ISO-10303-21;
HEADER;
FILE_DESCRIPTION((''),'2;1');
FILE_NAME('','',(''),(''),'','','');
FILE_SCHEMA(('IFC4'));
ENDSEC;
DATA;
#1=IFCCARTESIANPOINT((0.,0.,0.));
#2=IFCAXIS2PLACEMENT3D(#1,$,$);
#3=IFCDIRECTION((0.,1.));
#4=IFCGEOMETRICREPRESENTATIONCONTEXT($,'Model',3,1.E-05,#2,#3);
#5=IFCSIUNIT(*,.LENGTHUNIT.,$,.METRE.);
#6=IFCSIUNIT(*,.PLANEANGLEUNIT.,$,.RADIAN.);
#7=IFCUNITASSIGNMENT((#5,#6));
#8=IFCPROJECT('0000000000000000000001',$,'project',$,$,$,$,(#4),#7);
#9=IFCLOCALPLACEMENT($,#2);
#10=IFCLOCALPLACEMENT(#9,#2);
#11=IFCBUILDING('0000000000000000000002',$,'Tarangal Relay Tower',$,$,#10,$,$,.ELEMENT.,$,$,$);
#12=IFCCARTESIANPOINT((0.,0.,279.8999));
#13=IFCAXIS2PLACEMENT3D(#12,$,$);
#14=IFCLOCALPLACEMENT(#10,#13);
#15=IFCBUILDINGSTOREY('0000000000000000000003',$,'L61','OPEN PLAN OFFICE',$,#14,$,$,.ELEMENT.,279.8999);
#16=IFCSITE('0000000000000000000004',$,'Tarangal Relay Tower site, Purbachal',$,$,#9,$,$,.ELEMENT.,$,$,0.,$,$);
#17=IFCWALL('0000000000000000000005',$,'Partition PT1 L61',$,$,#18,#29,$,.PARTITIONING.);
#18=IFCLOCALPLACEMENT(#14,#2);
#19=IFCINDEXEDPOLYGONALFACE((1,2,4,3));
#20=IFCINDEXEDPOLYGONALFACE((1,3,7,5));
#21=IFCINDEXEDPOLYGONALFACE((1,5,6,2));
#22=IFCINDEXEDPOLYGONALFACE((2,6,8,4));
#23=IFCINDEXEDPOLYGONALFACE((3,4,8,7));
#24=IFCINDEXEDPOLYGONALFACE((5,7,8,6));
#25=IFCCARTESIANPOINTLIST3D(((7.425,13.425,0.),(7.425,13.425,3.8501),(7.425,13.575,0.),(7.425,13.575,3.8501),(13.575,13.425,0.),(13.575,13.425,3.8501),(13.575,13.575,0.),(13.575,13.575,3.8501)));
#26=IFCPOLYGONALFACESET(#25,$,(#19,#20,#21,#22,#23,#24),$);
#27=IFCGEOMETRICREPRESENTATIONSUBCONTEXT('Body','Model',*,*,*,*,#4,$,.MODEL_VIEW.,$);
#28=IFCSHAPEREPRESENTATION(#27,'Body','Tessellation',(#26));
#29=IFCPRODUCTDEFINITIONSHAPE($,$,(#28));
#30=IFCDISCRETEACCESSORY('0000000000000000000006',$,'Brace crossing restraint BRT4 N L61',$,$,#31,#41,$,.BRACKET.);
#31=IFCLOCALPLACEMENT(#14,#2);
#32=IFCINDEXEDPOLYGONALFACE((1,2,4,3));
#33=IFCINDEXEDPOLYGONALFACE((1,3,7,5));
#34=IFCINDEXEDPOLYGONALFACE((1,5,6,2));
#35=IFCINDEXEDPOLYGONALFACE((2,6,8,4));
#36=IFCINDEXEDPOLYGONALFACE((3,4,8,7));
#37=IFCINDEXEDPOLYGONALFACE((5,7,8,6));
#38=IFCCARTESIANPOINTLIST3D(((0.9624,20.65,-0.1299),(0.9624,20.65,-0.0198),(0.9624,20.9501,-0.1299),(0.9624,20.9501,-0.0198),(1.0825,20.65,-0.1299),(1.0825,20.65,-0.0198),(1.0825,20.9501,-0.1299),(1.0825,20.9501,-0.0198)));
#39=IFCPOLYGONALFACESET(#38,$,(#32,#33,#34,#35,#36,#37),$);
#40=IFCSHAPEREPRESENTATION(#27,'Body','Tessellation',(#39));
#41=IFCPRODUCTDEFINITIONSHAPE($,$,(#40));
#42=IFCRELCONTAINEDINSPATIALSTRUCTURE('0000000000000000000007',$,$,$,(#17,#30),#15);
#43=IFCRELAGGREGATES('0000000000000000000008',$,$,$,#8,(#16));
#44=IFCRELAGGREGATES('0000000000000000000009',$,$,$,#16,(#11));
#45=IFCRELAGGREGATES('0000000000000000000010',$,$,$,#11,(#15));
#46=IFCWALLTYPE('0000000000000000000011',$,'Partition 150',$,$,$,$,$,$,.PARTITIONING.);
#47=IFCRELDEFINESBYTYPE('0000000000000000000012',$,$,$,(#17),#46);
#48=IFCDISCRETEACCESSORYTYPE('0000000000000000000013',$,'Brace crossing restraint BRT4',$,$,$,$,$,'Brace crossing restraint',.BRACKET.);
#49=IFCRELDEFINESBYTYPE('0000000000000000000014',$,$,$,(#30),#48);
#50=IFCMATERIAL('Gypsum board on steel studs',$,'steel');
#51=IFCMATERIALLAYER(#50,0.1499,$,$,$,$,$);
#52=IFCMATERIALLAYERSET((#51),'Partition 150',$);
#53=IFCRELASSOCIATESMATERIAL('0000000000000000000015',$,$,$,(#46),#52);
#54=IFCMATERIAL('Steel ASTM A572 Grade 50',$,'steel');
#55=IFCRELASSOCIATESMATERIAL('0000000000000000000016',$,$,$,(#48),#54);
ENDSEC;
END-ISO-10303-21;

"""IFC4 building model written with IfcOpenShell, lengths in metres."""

from ifc_helpers import new_model, si_unit, direction, frame, frame_2d, origin, origin_2d, place, context, subcontext, project, spatial, rectangle, extrude, material, layer, layer_set, type_object, element, save


model = new_model("IFC4")

# Units and contexts
model_context = context("Model", 3, precision=1e-05, world=origin(), true_north=direction((0.0, 1.0)))
body_context = subcontext(model_context, "Body", "Model", "MODEL_VIEW")
ifc_project = project(units=[si_unit("LENGTHUNIT", "METRE"), si_unit("PLANEANGLEUNIT", "RADIAN")], contexts=[model_context])

# Site, building, storey
site_placement = place(None, origin())
site = spatial("IfcSite", under=ifc_project, at=site_placement, Name="Tarangal Relay Tower site, Purbachal", CompositionType="ELEMENT", RefElevation=0.0)
building_placement = place(site_placement, origin())
building = spatial("IfcBuilding", under=site, at=building_placement, Name="Tarangal Relay Tower", CompositionType="ELEMENT")
storey_placement = place(building_placement, frame((0.0, 0.0, 279.8999)))
storey = spatial("IfcBuildingStorey", under=building, at=storey_placement, Name="L61", Description="OPEN PLAN OFFICE", CompositionType="ELEMENT", Elevation=279.8999)

# Shared definitions
ifc_material_1 = material(Name="Steel ASTM A572 Grade 50", Category="steel")

# Wall
ifc_material_2 = material(Name="Gypsum board on steel studs", Category="steel")
ifc_layer_1 = layer(ifc_material_2, 0.1499)
ifc_layer_set_1 = layer_set([ifc_layer_1], Name="Partition 150")
wall_type_1 = type_object("IfcWallType", Name="Partition 150", PredefinedType="PARTITIONING", material=ifc_layer_set_1)
wall_1_placement = place(storey_placement, frame((7.425, 13.5, 0.0), z_axis=(0.0, 0.0, 1.0), x_axis=(1.0, 0.0, 0.0)))
element("IfcWall", 1, at=wall_1_placement, inside=storey, type_object=wall_type_1, Name="Partition PT1 L61", PredefinedType="PARTITIONING", context=body_context, shape_type="SweptSolid", body=[
    extrude(rectangle(XDim=6.1499, YDim=0.1499, at=frame_2d((3.075, 0.0))), origin(), (0.0, 0.0, 1.0), 3.8501),
])

# Discrete accessory
discrete_accessory_type = type_object("IfcDiscreteAccessoryType", Name="Brace crossing restraint BRT4", ElementType="Brace crossing restraint", PredefinedType="BRACKET", material=ifc_material_1)
discrete_accessory_placement = place(storey_placement, frame((1.0225, 20.8, -0.1299), z_axis=(0.0, 0.0, 1.0), x_axis=(1.0, 0.0, 0.0)))
element("IfcDiscreteAccessory", 2, at=discrete_accessory_placement, inside=storey, type_object=discrete_accessory_type, Name="Brace crossing restraint BRT4 N L61", PredefinedType="BRACKET", context=body_context, shape_type="SweptSolid", body=[
    extrude(rectangle(XDim=0.1201, YDim=0.3, at=origin_2d()), origin(), (0.0, 0.0, 1.0), 0.1101),
])

save(model, "model.ifc")
